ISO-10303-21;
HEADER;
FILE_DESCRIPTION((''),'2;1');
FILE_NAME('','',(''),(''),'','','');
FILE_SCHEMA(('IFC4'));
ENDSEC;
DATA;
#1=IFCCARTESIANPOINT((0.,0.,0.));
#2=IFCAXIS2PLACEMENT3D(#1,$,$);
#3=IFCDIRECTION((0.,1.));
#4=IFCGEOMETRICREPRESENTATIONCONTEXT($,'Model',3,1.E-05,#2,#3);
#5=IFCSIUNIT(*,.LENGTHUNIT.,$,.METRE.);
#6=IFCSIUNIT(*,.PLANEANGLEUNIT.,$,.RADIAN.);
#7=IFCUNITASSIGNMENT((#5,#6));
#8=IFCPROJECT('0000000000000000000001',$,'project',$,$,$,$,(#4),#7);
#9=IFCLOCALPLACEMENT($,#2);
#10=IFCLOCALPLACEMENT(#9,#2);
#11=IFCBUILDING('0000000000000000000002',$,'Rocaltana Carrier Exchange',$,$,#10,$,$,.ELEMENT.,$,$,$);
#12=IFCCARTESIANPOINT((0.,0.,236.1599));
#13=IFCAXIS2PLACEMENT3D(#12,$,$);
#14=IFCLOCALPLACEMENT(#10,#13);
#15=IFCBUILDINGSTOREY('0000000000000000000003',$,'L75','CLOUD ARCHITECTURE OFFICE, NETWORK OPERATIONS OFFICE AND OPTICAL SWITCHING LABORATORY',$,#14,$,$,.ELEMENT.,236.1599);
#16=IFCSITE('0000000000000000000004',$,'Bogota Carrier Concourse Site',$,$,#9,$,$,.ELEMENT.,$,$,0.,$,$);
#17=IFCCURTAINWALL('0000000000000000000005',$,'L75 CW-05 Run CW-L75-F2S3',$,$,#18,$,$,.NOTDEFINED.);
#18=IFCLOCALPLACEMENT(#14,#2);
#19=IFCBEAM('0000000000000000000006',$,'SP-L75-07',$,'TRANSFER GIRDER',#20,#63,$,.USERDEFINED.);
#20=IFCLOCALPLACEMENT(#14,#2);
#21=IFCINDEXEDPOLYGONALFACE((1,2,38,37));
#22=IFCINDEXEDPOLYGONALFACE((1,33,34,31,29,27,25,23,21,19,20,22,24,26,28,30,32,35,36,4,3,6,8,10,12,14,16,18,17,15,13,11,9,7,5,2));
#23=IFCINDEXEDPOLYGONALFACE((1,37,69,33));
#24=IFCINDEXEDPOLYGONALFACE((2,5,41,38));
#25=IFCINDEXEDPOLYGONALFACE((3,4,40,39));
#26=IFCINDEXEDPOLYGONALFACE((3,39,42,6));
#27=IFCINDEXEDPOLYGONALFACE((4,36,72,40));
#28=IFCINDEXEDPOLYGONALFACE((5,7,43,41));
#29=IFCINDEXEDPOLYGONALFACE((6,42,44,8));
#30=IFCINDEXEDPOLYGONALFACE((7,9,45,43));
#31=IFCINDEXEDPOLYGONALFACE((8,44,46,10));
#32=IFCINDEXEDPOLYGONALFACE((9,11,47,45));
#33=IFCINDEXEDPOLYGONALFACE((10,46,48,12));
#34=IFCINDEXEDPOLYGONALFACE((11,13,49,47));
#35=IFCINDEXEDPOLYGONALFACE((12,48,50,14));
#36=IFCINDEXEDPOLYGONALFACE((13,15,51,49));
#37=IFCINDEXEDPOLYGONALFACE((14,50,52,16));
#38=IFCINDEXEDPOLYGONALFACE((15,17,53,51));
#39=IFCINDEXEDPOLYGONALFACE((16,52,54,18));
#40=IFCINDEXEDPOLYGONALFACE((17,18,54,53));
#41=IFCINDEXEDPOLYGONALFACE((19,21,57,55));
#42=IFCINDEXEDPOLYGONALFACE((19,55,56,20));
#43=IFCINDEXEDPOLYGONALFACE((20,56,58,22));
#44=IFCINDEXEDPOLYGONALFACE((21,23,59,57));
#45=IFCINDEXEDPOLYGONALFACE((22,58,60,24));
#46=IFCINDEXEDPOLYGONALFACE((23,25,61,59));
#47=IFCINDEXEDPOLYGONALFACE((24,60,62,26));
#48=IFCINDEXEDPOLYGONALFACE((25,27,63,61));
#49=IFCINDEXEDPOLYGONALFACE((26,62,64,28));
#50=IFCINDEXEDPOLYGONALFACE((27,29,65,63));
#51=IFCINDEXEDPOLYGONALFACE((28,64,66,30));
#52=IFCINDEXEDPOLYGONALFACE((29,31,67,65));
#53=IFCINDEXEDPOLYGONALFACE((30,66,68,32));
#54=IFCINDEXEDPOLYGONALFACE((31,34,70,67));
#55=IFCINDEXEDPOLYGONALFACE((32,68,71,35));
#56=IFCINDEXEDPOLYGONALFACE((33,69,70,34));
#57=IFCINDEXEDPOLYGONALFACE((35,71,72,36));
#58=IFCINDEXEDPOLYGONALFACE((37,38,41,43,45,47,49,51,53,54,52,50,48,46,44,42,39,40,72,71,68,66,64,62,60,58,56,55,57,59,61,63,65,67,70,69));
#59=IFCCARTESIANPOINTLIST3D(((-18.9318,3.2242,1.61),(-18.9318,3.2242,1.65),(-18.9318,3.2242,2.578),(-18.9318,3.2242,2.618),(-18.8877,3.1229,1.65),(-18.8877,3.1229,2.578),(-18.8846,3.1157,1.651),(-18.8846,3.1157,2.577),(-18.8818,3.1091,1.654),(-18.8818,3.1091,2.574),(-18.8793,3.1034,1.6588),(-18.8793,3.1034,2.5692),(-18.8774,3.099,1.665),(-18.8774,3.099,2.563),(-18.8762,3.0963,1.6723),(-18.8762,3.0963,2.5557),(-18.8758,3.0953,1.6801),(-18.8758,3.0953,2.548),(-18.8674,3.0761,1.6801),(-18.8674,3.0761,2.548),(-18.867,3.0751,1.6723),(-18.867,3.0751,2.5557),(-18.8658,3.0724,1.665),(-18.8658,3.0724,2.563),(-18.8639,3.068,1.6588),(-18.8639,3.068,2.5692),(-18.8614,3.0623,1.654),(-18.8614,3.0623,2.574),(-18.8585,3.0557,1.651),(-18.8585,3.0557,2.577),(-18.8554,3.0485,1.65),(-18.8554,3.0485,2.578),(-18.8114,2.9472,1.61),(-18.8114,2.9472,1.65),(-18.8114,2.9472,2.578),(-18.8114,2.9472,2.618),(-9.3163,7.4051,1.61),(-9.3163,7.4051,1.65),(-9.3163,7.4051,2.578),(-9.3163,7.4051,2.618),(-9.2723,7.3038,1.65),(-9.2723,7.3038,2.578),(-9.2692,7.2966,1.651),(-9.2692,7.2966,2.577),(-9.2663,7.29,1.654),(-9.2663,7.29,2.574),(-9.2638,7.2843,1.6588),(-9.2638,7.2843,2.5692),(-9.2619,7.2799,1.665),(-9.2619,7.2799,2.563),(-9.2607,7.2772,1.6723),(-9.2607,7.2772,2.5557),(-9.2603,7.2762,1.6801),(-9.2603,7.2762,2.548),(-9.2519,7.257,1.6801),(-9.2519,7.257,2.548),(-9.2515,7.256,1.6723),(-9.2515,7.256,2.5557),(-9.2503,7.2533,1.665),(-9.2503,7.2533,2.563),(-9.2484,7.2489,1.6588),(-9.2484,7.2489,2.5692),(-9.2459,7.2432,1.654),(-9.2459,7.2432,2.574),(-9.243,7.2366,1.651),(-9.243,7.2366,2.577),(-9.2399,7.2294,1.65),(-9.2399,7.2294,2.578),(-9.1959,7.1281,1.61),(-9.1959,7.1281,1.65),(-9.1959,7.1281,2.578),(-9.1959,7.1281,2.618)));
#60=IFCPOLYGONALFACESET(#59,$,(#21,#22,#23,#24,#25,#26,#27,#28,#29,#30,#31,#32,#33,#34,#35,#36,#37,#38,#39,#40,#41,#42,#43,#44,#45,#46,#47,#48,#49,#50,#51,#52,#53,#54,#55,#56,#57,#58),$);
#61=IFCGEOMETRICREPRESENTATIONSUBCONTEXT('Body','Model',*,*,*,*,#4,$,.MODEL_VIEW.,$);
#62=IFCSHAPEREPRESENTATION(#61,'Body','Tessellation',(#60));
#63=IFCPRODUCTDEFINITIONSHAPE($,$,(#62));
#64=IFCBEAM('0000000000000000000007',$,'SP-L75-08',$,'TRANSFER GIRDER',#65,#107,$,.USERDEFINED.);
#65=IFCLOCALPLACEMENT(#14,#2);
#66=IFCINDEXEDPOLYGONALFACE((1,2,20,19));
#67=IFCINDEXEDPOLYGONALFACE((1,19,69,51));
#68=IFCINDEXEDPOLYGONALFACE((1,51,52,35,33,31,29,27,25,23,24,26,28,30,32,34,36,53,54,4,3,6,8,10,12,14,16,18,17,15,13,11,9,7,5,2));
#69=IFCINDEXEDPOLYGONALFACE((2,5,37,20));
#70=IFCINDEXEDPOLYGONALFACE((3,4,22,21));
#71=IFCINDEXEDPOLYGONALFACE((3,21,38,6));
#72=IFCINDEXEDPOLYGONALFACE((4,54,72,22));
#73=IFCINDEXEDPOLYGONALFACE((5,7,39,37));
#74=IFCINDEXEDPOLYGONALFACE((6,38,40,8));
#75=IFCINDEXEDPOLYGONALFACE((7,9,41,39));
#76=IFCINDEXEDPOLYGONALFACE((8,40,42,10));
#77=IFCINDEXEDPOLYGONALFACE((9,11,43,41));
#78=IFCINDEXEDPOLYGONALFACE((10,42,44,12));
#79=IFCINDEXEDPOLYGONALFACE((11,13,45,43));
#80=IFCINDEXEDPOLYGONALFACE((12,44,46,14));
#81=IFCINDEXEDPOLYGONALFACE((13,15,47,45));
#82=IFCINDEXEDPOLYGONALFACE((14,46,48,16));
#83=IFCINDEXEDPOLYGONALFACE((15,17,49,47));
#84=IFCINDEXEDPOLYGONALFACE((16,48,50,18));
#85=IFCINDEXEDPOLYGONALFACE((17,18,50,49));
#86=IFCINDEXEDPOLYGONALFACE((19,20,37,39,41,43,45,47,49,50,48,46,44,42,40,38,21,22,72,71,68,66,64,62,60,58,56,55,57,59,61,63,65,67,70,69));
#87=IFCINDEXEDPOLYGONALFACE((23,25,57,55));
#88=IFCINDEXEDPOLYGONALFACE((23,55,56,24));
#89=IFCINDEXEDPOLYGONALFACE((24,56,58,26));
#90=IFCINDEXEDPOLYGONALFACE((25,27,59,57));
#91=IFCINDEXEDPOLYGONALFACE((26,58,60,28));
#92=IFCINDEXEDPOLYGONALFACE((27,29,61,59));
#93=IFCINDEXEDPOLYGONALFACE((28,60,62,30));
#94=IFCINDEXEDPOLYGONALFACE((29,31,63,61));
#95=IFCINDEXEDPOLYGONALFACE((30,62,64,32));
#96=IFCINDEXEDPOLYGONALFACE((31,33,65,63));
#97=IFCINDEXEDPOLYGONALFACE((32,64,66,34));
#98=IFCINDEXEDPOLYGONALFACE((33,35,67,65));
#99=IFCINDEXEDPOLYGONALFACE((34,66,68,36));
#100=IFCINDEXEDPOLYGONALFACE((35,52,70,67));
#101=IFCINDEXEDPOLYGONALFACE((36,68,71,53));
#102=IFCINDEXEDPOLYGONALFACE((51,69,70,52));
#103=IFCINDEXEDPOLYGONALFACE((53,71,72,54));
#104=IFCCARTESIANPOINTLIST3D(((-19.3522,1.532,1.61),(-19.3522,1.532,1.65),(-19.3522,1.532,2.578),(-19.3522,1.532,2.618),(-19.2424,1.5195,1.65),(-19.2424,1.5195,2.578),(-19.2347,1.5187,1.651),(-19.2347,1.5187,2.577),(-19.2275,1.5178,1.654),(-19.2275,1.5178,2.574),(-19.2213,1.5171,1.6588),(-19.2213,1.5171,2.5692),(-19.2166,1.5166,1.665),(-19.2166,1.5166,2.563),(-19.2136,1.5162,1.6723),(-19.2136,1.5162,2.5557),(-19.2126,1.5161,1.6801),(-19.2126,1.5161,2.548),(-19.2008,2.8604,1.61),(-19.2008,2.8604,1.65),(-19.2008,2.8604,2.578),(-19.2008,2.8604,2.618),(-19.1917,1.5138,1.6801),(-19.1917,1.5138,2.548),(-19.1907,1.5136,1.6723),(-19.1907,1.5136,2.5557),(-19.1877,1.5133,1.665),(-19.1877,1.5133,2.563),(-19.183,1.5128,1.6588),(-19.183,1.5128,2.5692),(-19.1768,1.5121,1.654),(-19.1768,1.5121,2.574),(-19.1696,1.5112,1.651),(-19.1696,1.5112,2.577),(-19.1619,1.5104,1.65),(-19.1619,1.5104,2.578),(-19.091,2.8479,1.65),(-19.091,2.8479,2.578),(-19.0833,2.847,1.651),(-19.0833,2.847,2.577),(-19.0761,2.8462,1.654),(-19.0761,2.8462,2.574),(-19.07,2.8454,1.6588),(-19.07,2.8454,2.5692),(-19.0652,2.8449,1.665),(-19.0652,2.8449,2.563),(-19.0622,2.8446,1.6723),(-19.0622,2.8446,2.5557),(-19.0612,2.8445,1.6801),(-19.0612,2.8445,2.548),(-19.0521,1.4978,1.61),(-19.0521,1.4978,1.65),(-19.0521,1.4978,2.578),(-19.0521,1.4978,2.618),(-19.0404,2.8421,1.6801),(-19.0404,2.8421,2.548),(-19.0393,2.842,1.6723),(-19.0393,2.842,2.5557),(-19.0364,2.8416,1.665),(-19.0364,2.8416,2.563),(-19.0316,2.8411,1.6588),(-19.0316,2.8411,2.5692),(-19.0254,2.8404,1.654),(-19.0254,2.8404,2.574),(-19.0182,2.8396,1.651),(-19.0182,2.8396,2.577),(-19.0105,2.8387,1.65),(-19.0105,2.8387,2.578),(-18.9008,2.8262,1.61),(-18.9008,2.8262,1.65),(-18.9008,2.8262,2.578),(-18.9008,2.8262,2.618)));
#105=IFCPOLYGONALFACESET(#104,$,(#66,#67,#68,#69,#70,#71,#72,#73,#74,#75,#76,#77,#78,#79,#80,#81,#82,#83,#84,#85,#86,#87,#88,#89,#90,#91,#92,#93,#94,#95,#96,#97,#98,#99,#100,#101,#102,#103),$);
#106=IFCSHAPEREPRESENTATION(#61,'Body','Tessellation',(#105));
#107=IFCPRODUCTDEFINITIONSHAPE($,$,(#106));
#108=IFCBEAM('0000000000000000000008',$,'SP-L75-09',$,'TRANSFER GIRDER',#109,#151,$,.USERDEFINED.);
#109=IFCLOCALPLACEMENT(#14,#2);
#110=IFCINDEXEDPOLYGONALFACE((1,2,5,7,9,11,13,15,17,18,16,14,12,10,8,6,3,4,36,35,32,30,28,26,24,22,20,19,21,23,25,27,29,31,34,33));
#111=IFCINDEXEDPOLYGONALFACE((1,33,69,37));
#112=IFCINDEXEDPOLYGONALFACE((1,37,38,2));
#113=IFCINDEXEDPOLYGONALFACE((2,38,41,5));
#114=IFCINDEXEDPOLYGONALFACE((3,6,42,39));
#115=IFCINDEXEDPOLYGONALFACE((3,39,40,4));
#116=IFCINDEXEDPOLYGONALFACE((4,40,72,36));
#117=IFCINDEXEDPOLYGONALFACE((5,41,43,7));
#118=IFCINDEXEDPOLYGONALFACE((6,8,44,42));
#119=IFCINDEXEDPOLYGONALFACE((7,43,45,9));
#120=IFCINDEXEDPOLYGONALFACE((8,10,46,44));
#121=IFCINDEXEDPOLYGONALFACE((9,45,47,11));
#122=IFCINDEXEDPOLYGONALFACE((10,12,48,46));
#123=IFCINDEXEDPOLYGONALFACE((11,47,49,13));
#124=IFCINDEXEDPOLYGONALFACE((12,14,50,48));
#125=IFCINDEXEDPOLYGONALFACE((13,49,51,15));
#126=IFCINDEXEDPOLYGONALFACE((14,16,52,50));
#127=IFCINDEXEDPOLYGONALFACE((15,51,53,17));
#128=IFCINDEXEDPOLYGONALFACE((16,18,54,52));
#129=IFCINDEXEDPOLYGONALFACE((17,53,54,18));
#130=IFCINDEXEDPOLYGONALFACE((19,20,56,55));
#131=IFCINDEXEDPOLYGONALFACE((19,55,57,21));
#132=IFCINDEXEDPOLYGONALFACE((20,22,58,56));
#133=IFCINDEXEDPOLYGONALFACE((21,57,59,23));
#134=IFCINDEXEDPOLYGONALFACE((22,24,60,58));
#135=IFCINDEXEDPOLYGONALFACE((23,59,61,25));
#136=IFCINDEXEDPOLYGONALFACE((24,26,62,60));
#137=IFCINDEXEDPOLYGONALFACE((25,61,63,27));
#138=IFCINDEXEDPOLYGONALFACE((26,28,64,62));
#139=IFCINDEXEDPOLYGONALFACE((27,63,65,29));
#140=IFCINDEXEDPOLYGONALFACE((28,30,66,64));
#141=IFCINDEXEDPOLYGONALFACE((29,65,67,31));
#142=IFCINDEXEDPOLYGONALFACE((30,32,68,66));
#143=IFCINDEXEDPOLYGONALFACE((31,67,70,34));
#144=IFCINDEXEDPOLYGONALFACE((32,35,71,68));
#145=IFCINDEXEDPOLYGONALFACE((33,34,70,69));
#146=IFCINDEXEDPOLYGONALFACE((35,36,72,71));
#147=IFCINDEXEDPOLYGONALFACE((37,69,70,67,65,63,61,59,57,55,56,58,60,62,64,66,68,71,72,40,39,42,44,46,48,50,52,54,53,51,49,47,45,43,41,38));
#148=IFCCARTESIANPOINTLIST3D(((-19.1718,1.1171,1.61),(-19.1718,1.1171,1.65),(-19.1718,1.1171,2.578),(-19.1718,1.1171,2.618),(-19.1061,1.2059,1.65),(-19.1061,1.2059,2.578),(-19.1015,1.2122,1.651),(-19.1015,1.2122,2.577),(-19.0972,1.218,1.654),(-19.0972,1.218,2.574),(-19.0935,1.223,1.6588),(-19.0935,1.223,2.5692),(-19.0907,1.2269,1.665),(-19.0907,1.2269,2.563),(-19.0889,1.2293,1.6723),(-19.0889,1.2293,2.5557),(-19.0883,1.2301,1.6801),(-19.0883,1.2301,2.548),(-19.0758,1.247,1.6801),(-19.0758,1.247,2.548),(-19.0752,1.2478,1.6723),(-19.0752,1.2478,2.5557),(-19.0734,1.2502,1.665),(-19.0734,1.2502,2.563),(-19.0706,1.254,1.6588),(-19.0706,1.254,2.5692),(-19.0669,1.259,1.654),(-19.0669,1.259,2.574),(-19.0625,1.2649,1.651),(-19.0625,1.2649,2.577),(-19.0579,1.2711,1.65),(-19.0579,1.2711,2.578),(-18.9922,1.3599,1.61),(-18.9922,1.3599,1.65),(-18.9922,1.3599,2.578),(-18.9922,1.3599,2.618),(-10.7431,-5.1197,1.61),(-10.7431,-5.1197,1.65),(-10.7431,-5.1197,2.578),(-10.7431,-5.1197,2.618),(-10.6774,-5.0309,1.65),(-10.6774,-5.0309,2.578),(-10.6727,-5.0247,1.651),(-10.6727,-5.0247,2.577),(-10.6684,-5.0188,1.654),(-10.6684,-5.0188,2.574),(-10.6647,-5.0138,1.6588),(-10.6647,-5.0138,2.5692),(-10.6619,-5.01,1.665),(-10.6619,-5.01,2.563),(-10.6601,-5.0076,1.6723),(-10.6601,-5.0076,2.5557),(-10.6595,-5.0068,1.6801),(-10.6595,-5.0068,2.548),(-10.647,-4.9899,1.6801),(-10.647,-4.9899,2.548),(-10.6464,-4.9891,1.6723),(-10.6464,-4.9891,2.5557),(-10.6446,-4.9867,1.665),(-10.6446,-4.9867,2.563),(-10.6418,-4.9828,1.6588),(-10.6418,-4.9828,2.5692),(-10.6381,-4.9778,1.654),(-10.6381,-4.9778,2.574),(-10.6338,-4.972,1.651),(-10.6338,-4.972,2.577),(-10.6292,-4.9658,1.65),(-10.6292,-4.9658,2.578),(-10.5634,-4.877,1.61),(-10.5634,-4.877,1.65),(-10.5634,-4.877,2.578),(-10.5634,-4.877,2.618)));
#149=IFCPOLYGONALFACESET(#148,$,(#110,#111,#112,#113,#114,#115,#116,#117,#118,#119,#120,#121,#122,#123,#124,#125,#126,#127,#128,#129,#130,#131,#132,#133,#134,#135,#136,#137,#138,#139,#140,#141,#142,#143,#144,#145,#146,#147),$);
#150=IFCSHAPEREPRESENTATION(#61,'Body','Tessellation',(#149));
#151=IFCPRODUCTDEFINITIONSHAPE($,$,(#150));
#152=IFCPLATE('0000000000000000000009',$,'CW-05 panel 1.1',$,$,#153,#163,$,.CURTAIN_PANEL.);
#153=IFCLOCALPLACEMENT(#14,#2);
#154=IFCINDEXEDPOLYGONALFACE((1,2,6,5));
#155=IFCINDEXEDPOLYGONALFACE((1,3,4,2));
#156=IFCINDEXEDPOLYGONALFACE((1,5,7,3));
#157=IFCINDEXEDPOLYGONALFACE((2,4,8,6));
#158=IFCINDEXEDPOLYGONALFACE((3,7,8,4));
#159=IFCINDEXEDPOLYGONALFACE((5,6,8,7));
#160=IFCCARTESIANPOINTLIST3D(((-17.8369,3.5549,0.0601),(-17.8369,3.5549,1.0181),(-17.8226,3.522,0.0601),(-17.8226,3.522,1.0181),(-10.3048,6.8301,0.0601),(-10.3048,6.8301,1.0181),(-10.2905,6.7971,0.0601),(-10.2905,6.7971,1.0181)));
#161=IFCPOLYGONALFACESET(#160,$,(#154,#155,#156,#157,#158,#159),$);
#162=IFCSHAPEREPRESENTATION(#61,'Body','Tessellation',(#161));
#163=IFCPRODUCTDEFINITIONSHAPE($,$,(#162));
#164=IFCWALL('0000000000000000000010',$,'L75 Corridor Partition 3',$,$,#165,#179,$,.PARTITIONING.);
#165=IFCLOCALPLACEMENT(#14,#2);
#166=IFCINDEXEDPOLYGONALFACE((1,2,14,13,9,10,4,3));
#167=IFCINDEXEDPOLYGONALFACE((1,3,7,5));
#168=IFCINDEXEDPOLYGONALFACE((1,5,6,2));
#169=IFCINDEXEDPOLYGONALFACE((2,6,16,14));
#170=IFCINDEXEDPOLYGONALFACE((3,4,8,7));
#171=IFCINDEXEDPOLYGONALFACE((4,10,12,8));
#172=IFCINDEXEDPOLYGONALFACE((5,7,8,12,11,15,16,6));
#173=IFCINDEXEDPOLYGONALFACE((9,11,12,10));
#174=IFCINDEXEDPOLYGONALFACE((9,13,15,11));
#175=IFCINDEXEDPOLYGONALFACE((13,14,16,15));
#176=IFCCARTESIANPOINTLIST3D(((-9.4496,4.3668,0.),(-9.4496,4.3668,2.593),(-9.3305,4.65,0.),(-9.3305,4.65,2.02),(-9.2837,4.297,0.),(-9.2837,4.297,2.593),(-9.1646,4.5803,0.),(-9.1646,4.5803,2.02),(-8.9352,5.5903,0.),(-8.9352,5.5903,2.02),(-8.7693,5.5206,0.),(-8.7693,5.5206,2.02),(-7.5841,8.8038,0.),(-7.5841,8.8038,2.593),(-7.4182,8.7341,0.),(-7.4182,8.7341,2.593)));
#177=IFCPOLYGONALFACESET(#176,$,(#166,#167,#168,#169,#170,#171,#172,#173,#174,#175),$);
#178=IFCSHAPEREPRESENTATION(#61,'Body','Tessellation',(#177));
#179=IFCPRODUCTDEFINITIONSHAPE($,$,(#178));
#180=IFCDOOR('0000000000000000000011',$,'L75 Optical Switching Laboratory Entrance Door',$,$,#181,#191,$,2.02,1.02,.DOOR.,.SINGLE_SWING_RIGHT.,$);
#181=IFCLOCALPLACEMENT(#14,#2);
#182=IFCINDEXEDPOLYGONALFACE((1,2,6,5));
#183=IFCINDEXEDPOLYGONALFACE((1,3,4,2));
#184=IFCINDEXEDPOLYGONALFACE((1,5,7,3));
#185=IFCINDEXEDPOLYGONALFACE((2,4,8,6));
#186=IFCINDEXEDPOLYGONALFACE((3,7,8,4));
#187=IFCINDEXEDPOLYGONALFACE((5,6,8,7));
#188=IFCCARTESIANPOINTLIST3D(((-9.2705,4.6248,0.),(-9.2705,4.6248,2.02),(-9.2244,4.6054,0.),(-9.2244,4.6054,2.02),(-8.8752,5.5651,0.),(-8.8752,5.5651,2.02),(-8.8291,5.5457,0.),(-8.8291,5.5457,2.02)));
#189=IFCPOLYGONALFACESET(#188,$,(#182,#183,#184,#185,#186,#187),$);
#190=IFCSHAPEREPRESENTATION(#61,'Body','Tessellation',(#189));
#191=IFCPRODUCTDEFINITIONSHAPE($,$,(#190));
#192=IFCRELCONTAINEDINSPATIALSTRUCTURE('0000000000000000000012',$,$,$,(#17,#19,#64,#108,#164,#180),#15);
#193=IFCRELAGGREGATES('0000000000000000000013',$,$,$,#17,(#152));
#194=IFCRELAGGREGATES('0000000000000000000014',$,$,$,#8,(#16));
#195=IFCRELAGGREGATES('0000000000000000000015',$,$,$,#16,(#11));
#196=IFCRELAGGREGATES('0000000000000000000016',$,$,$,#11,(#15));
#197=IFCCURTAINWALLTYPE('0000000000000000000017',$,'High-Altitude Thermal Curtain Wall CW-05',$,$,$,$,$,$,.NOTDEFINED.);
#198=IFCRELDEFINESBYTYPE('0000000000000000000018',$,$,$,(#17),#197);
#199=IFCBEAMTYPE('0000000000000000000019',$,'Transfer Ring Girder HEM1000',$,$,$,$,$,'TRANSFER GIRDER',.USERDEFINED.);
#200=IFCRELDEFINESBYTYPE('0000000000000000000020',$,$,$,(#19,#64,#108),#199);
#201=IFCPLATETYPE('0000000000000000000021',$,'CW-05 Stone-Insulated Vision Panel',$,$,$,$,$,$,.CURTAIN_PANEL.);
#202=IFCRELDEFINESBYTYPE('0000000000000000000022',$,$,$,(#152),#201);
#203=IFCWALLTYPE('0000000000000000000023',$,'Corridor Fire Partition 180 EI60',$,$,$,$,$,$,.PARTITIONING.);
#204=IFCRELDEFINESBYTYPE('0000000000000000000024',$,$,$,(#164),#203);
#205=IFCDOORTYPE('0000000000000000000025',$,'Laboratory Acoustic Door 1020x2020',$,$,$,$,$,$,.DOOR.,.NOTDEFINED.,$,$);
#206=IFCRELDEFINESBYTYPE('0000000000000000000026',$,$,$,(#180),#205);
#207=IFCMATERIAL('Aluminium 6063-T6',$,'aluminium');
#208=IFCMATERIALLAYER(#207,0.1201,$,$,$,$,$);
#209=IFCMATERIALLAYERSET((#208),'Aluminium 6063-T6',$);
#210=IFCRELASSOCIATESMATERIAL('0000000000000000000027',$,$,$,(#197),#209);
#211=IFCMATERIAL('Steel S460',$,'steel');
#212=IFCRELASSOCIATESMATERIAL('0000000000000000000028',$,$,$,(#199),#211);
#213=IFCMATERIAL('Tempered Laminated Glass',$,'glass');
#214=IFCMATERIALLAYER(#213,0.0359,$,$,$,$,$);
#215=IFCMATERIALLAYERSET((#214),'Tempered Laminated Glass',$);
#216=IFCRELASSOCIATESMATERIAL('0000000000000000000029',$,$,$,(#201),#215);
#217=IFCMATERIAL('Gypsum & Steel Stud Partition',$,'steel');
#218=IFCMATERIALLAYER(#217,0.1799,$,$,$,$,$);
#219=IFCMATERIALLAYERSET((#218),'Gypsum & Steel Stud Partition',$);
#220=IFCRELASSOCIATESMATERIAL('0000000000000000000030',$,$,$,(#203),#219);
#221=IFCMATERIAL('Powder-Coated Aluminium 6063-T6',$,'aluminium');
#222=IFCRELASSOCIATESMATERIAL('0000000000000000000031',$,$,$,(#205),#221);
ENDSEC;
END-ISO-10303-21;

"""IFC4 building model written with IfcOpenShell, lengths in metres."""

from ifc_helpers import new_model, si_unit, direction, frame, frame_2d, origin, origin_2d, place, context, subcontext, project, spatial, rectangle, i_section, extrude, material, layer, layer_set, material_profile, profile_set, type_object, element, fill, aggregate, save


model = new_model("IFC4")

# Units and contexts
model_context = context("Model", 3, precision=1e-05, world=origin(), true_north=direction((0.0, 1.0)))
body_context = subcontext(model_context, "Body", "Model", "MODEL_VIEW")
ifc_project = project(units=[si_unit("LENGTHUNIT", "METRE"), si_unit("PLANEANGLEUNIT", "RADIAN")], contexts=[model_context])

# Site, building, storey
site_placement = place(None, origin())
site = spatial("IfcSite", under=ifc_project, at=site_placement, Name="Bogota Carrier Concourse Site", CompositionType="ELEMENT", RefElevation=0.0)
building_placement = place(site_placement, origin())
building = spatial("IfcBuilding", under=site, at=building_placement, Name="Rocaltana Carrier Exchange", CompositionType="ELEMENT")
storey_placement = place(building_placement, frame((0.0, 0.0, 236.1599)))
storey = spatial("IfcBuildingStorey", under=building, at=storey_placement, Name="L75", Description="CLOUD ARCHITECTURE OFFICE, NETWORK OPERATIONS OFFICE AND OPTICAL SWITCHING LABORATORY", CompositionType="ELEMENT", Elevation=236.1599)

# Shared definitions
ifc_material_1 = material(Name="Aluminium 6063-T6", Category="aluminium")
ifc_layer_1 = layer(ifc_material_1, 0.1201)
ifc_layer_set_1 = layer_set([ifc_layer_1], Name="Aluminium 6063-T6")
curtain_wall_type = type_object("IfcCurtainWallType", Name="High-Altitude Thermal Curtain Wall CW-05", PredefinedType="NOTDEFINED", material=ifc_layer_set_1)

# Curtain wall
curtain_wall_1_placement = place(storey_placement, origin())
curtain_wall_1 = element("IfcCurtainWall", 1, at=curtain_wall_1_placement, inside=storey, type_object=curtain_wall_type, Name="L75 CW-05 Run CW-L75-F2S3", PredefinedType="NOTDEFINED")

# Beams
ifc_material_2 = material(Name="Steel S460", Category="steel")
ifc_material_profile_1 = material_profile(ifc_material_2, i_section(OverallWidth=0.302, OverallDepth=1.0081, WebThickness=0.021, FlangeThickness=0.04, FilletRadius=0.03, at=origin_2d()), Name="HEM1000")
ifc_profile_set_1 = profile_set([ifc_material_profile_1], Name="Steel S460")
beam_type_1 = type_object("IfcBeamType", Name="Transfer Ring Girder HEM1000", ElementType="TRANSFER GIRDER", PredefinedType="USERDEFINED", material=ifc_profile_set_1)
beam_1_placement = place(storey_placement, frame((-9.2561, 7.2666, 2.114), z_axis=(-0.917061, -0.398747, 0.0), x_axis=(0.398747, -0.917061, 0.0)))
element("IfcBeam", 2, at=beam_1_placement, inside=storey, type_object=beam_type_1, Name="SP-L75-07", ObjectType="TRANSFER GIRDER", PredefinedType="USERDEFINED", context=body_context, shape_type="SweptSolid", body=[
    extrude(i_section(OverallWidth=0.302, OverallDepth=1.0081, WebThickness=0.021, FlangeThickness=0.04, FilletRadius=0.03, at=origin_2d()), origin(), (0.0, 0.0, 1.0), 10.4851),
])
beam_2_placement = place(storey_placement, frame((-19.0508, 2.8433, 2.114), z_axis=(-0.113217, -0.99357, 0.0), x_axis=(0.99357, -0.113217, 0.0)))
element("IfcBeam", 3, at=beam_2_placement, inside=storey, type_object=beam_type_1, Name="SP-L75-08", ObjectType="TRANSFER GIRDER", PredefinedType="USERDEFINED", context=body_context, shape_type="SweptSolid", body=[
    extrude(i_section(OverallWidth=0.302, OverallDepth=1.0081, WebThickness=0.021, FlangeThickness=0.04, FilletRadius=0.03, at=origin_2d()), origin(), (0.0, 0.0, 1.0), 1.3369),
])
beam_3_placement = place(storey_placement, frame((-19.082, 1.2385, 2.114), z_axis=(0.803861, -0.594817, 0.0), x_axis=(0.594817, 0.803861, 0.0)))
element("IfcBeam", 4, at=beam_3_placement, inside=storey, type_object=beam_type_1, Name="SP-L75-09", ObjectType="TRANSFER GIRDER", PredefinedType="USERDEFINED", context=body_context, shape_type="SweptSolid", body=[
    extrude(i_section(OverallWidth=0.302, OverallDepth=1.0081, WebThickness=0.021, FlangeThickness=0.04, FilletRadius=0.03, at=origin_2d()), origin(), (0.0, 0.0, 1.0), 10.4854),
])

# Plate
ifc_material_3 = material(Name="Tempered Laminated Glass", Category="glass")
ifc_layer_2 = layer(ifc_material_3, 0.0359)
ifc_layer_set_2 = layer_set([ifc_layer_2], Name="Tempered Laminated Glass")
plate_type = type_object("IfcPlateType", Name="CW-05 Stone-Insulated Vision Panel", PredefinedType="CURTAIN_PANEL", material=ifc_layer_set_2)
plate_placement = place(storey_placement, frame((-14.0637, 5.176, 0.0601), z_axis=(0.0, 0.0, 1.0), x_axis=(-0.917057, -0.398757, 0.0)))
plate = element("IfcPlate", 5, at=plate_placement, type_object=plate_type, Name="CW-05 panel 1.1", PredefinedType="CURTAIN_PANEL", context=body_context, shape_type="SweptSolid", body=[
    extrude(rectangle(XDim=8.2134, YDim=0.0359, at=origin_2d()), origin(), (0.0, 0.0, 1.0), 0.958),
])
aggregate(curtain_wall_1, [plate])

# Wall, opening, door
ifc_material_4 = material(Name="Gypsum & Steel Stud Partition", Category="steel")
ifc_layer_3 = layer(ifc_material_4, 0.1799)
ifc_layer_set_3 = layer_set([ifc_layer_3], Name="Gypsum & Steel Stud Partition")
wall_type_1 = type_object("IfcWallType", Name="Corridor Fire Partition 180 EI60", PredefinedType="PARTITIONING", material=ifc_layer_set_3)
wall_1_placement = place(storey_placement, frame((-9.3667, 4.3318, 0.0), z_axis=(0.0, 0.0, 1.0), x_axis=(0.387574, 0.921839, 0.0)))
wall_1 = element("IfcWall", 6, at=wall_1_placement, inside=storey, type_object=wall_type_1, Name="L75 Corridor Partition 3", PredefinedType="PARTITIONING", context=body_context, shape_type="SweptSolid", body=[
    extrude(rectangle(XDim=4.8132, YDim=0.1799, at=frame_2d((2.4067, 0.0))), origin(), (0.0, 0.0, 1.0), 2.593),
])
opening_placement = place(wall_1_placement, frame((0.3074, 0.0, 0.0)))
opening = element("IfcOpeningElement", 7, at=opening_placement, cuts=wall_1, PredefinedType="OPENING", context=body_context, shape_type="SweptSolid", body=[
    extrude(rectangle(XDim=1.02, YDim=2.02, at=frame_2d((0.51, 1.01))), frame((0.0, 0.0999, 0.0), z_axis=(0.0, -1.0, 0.0), x_axis=(1.0, 0.0, 0.0)), (0.0, 0.0, 1.0), 0.2),
])
ifc_material_5 = material(Name="Powder-Coated Aluminium 6063-T6", Category="aluminium")
door_type = type_object("IfcDoorType", Name="Laboratory Acoustic Door 1020x2020", OperationType="NOTDEFINED", PredefinedType="DOOR", material=ifc_material_5)
door_placement = place(opening_placement, origin())
door = element("IfcDoor", 8, at=door_placement, inside=storey, type_object=door_type, Name="L75 Optical Switching Laboratory Entrance Door", OperationType="SINGLE_SWING_RIGHT", OverallHeight=2.02, OverallWidth=1.02, PredefinedType="DOOR", context=body_context, shape_type="SweptSolid", body=[
    extrude(rectangle(XDim=1.02, YDim=2.02, at=frame_2d((0.51, 1.01))), frame((0.0, 0.0249, 0.0), z_axis=(0.0, -1.0, 0.0), x_axis=(1.0, 0.0, 0.0)), (0.0, 0.0, 1.0), 0.05),
])
fill(opening, door)

save(model, "model.ifc")
